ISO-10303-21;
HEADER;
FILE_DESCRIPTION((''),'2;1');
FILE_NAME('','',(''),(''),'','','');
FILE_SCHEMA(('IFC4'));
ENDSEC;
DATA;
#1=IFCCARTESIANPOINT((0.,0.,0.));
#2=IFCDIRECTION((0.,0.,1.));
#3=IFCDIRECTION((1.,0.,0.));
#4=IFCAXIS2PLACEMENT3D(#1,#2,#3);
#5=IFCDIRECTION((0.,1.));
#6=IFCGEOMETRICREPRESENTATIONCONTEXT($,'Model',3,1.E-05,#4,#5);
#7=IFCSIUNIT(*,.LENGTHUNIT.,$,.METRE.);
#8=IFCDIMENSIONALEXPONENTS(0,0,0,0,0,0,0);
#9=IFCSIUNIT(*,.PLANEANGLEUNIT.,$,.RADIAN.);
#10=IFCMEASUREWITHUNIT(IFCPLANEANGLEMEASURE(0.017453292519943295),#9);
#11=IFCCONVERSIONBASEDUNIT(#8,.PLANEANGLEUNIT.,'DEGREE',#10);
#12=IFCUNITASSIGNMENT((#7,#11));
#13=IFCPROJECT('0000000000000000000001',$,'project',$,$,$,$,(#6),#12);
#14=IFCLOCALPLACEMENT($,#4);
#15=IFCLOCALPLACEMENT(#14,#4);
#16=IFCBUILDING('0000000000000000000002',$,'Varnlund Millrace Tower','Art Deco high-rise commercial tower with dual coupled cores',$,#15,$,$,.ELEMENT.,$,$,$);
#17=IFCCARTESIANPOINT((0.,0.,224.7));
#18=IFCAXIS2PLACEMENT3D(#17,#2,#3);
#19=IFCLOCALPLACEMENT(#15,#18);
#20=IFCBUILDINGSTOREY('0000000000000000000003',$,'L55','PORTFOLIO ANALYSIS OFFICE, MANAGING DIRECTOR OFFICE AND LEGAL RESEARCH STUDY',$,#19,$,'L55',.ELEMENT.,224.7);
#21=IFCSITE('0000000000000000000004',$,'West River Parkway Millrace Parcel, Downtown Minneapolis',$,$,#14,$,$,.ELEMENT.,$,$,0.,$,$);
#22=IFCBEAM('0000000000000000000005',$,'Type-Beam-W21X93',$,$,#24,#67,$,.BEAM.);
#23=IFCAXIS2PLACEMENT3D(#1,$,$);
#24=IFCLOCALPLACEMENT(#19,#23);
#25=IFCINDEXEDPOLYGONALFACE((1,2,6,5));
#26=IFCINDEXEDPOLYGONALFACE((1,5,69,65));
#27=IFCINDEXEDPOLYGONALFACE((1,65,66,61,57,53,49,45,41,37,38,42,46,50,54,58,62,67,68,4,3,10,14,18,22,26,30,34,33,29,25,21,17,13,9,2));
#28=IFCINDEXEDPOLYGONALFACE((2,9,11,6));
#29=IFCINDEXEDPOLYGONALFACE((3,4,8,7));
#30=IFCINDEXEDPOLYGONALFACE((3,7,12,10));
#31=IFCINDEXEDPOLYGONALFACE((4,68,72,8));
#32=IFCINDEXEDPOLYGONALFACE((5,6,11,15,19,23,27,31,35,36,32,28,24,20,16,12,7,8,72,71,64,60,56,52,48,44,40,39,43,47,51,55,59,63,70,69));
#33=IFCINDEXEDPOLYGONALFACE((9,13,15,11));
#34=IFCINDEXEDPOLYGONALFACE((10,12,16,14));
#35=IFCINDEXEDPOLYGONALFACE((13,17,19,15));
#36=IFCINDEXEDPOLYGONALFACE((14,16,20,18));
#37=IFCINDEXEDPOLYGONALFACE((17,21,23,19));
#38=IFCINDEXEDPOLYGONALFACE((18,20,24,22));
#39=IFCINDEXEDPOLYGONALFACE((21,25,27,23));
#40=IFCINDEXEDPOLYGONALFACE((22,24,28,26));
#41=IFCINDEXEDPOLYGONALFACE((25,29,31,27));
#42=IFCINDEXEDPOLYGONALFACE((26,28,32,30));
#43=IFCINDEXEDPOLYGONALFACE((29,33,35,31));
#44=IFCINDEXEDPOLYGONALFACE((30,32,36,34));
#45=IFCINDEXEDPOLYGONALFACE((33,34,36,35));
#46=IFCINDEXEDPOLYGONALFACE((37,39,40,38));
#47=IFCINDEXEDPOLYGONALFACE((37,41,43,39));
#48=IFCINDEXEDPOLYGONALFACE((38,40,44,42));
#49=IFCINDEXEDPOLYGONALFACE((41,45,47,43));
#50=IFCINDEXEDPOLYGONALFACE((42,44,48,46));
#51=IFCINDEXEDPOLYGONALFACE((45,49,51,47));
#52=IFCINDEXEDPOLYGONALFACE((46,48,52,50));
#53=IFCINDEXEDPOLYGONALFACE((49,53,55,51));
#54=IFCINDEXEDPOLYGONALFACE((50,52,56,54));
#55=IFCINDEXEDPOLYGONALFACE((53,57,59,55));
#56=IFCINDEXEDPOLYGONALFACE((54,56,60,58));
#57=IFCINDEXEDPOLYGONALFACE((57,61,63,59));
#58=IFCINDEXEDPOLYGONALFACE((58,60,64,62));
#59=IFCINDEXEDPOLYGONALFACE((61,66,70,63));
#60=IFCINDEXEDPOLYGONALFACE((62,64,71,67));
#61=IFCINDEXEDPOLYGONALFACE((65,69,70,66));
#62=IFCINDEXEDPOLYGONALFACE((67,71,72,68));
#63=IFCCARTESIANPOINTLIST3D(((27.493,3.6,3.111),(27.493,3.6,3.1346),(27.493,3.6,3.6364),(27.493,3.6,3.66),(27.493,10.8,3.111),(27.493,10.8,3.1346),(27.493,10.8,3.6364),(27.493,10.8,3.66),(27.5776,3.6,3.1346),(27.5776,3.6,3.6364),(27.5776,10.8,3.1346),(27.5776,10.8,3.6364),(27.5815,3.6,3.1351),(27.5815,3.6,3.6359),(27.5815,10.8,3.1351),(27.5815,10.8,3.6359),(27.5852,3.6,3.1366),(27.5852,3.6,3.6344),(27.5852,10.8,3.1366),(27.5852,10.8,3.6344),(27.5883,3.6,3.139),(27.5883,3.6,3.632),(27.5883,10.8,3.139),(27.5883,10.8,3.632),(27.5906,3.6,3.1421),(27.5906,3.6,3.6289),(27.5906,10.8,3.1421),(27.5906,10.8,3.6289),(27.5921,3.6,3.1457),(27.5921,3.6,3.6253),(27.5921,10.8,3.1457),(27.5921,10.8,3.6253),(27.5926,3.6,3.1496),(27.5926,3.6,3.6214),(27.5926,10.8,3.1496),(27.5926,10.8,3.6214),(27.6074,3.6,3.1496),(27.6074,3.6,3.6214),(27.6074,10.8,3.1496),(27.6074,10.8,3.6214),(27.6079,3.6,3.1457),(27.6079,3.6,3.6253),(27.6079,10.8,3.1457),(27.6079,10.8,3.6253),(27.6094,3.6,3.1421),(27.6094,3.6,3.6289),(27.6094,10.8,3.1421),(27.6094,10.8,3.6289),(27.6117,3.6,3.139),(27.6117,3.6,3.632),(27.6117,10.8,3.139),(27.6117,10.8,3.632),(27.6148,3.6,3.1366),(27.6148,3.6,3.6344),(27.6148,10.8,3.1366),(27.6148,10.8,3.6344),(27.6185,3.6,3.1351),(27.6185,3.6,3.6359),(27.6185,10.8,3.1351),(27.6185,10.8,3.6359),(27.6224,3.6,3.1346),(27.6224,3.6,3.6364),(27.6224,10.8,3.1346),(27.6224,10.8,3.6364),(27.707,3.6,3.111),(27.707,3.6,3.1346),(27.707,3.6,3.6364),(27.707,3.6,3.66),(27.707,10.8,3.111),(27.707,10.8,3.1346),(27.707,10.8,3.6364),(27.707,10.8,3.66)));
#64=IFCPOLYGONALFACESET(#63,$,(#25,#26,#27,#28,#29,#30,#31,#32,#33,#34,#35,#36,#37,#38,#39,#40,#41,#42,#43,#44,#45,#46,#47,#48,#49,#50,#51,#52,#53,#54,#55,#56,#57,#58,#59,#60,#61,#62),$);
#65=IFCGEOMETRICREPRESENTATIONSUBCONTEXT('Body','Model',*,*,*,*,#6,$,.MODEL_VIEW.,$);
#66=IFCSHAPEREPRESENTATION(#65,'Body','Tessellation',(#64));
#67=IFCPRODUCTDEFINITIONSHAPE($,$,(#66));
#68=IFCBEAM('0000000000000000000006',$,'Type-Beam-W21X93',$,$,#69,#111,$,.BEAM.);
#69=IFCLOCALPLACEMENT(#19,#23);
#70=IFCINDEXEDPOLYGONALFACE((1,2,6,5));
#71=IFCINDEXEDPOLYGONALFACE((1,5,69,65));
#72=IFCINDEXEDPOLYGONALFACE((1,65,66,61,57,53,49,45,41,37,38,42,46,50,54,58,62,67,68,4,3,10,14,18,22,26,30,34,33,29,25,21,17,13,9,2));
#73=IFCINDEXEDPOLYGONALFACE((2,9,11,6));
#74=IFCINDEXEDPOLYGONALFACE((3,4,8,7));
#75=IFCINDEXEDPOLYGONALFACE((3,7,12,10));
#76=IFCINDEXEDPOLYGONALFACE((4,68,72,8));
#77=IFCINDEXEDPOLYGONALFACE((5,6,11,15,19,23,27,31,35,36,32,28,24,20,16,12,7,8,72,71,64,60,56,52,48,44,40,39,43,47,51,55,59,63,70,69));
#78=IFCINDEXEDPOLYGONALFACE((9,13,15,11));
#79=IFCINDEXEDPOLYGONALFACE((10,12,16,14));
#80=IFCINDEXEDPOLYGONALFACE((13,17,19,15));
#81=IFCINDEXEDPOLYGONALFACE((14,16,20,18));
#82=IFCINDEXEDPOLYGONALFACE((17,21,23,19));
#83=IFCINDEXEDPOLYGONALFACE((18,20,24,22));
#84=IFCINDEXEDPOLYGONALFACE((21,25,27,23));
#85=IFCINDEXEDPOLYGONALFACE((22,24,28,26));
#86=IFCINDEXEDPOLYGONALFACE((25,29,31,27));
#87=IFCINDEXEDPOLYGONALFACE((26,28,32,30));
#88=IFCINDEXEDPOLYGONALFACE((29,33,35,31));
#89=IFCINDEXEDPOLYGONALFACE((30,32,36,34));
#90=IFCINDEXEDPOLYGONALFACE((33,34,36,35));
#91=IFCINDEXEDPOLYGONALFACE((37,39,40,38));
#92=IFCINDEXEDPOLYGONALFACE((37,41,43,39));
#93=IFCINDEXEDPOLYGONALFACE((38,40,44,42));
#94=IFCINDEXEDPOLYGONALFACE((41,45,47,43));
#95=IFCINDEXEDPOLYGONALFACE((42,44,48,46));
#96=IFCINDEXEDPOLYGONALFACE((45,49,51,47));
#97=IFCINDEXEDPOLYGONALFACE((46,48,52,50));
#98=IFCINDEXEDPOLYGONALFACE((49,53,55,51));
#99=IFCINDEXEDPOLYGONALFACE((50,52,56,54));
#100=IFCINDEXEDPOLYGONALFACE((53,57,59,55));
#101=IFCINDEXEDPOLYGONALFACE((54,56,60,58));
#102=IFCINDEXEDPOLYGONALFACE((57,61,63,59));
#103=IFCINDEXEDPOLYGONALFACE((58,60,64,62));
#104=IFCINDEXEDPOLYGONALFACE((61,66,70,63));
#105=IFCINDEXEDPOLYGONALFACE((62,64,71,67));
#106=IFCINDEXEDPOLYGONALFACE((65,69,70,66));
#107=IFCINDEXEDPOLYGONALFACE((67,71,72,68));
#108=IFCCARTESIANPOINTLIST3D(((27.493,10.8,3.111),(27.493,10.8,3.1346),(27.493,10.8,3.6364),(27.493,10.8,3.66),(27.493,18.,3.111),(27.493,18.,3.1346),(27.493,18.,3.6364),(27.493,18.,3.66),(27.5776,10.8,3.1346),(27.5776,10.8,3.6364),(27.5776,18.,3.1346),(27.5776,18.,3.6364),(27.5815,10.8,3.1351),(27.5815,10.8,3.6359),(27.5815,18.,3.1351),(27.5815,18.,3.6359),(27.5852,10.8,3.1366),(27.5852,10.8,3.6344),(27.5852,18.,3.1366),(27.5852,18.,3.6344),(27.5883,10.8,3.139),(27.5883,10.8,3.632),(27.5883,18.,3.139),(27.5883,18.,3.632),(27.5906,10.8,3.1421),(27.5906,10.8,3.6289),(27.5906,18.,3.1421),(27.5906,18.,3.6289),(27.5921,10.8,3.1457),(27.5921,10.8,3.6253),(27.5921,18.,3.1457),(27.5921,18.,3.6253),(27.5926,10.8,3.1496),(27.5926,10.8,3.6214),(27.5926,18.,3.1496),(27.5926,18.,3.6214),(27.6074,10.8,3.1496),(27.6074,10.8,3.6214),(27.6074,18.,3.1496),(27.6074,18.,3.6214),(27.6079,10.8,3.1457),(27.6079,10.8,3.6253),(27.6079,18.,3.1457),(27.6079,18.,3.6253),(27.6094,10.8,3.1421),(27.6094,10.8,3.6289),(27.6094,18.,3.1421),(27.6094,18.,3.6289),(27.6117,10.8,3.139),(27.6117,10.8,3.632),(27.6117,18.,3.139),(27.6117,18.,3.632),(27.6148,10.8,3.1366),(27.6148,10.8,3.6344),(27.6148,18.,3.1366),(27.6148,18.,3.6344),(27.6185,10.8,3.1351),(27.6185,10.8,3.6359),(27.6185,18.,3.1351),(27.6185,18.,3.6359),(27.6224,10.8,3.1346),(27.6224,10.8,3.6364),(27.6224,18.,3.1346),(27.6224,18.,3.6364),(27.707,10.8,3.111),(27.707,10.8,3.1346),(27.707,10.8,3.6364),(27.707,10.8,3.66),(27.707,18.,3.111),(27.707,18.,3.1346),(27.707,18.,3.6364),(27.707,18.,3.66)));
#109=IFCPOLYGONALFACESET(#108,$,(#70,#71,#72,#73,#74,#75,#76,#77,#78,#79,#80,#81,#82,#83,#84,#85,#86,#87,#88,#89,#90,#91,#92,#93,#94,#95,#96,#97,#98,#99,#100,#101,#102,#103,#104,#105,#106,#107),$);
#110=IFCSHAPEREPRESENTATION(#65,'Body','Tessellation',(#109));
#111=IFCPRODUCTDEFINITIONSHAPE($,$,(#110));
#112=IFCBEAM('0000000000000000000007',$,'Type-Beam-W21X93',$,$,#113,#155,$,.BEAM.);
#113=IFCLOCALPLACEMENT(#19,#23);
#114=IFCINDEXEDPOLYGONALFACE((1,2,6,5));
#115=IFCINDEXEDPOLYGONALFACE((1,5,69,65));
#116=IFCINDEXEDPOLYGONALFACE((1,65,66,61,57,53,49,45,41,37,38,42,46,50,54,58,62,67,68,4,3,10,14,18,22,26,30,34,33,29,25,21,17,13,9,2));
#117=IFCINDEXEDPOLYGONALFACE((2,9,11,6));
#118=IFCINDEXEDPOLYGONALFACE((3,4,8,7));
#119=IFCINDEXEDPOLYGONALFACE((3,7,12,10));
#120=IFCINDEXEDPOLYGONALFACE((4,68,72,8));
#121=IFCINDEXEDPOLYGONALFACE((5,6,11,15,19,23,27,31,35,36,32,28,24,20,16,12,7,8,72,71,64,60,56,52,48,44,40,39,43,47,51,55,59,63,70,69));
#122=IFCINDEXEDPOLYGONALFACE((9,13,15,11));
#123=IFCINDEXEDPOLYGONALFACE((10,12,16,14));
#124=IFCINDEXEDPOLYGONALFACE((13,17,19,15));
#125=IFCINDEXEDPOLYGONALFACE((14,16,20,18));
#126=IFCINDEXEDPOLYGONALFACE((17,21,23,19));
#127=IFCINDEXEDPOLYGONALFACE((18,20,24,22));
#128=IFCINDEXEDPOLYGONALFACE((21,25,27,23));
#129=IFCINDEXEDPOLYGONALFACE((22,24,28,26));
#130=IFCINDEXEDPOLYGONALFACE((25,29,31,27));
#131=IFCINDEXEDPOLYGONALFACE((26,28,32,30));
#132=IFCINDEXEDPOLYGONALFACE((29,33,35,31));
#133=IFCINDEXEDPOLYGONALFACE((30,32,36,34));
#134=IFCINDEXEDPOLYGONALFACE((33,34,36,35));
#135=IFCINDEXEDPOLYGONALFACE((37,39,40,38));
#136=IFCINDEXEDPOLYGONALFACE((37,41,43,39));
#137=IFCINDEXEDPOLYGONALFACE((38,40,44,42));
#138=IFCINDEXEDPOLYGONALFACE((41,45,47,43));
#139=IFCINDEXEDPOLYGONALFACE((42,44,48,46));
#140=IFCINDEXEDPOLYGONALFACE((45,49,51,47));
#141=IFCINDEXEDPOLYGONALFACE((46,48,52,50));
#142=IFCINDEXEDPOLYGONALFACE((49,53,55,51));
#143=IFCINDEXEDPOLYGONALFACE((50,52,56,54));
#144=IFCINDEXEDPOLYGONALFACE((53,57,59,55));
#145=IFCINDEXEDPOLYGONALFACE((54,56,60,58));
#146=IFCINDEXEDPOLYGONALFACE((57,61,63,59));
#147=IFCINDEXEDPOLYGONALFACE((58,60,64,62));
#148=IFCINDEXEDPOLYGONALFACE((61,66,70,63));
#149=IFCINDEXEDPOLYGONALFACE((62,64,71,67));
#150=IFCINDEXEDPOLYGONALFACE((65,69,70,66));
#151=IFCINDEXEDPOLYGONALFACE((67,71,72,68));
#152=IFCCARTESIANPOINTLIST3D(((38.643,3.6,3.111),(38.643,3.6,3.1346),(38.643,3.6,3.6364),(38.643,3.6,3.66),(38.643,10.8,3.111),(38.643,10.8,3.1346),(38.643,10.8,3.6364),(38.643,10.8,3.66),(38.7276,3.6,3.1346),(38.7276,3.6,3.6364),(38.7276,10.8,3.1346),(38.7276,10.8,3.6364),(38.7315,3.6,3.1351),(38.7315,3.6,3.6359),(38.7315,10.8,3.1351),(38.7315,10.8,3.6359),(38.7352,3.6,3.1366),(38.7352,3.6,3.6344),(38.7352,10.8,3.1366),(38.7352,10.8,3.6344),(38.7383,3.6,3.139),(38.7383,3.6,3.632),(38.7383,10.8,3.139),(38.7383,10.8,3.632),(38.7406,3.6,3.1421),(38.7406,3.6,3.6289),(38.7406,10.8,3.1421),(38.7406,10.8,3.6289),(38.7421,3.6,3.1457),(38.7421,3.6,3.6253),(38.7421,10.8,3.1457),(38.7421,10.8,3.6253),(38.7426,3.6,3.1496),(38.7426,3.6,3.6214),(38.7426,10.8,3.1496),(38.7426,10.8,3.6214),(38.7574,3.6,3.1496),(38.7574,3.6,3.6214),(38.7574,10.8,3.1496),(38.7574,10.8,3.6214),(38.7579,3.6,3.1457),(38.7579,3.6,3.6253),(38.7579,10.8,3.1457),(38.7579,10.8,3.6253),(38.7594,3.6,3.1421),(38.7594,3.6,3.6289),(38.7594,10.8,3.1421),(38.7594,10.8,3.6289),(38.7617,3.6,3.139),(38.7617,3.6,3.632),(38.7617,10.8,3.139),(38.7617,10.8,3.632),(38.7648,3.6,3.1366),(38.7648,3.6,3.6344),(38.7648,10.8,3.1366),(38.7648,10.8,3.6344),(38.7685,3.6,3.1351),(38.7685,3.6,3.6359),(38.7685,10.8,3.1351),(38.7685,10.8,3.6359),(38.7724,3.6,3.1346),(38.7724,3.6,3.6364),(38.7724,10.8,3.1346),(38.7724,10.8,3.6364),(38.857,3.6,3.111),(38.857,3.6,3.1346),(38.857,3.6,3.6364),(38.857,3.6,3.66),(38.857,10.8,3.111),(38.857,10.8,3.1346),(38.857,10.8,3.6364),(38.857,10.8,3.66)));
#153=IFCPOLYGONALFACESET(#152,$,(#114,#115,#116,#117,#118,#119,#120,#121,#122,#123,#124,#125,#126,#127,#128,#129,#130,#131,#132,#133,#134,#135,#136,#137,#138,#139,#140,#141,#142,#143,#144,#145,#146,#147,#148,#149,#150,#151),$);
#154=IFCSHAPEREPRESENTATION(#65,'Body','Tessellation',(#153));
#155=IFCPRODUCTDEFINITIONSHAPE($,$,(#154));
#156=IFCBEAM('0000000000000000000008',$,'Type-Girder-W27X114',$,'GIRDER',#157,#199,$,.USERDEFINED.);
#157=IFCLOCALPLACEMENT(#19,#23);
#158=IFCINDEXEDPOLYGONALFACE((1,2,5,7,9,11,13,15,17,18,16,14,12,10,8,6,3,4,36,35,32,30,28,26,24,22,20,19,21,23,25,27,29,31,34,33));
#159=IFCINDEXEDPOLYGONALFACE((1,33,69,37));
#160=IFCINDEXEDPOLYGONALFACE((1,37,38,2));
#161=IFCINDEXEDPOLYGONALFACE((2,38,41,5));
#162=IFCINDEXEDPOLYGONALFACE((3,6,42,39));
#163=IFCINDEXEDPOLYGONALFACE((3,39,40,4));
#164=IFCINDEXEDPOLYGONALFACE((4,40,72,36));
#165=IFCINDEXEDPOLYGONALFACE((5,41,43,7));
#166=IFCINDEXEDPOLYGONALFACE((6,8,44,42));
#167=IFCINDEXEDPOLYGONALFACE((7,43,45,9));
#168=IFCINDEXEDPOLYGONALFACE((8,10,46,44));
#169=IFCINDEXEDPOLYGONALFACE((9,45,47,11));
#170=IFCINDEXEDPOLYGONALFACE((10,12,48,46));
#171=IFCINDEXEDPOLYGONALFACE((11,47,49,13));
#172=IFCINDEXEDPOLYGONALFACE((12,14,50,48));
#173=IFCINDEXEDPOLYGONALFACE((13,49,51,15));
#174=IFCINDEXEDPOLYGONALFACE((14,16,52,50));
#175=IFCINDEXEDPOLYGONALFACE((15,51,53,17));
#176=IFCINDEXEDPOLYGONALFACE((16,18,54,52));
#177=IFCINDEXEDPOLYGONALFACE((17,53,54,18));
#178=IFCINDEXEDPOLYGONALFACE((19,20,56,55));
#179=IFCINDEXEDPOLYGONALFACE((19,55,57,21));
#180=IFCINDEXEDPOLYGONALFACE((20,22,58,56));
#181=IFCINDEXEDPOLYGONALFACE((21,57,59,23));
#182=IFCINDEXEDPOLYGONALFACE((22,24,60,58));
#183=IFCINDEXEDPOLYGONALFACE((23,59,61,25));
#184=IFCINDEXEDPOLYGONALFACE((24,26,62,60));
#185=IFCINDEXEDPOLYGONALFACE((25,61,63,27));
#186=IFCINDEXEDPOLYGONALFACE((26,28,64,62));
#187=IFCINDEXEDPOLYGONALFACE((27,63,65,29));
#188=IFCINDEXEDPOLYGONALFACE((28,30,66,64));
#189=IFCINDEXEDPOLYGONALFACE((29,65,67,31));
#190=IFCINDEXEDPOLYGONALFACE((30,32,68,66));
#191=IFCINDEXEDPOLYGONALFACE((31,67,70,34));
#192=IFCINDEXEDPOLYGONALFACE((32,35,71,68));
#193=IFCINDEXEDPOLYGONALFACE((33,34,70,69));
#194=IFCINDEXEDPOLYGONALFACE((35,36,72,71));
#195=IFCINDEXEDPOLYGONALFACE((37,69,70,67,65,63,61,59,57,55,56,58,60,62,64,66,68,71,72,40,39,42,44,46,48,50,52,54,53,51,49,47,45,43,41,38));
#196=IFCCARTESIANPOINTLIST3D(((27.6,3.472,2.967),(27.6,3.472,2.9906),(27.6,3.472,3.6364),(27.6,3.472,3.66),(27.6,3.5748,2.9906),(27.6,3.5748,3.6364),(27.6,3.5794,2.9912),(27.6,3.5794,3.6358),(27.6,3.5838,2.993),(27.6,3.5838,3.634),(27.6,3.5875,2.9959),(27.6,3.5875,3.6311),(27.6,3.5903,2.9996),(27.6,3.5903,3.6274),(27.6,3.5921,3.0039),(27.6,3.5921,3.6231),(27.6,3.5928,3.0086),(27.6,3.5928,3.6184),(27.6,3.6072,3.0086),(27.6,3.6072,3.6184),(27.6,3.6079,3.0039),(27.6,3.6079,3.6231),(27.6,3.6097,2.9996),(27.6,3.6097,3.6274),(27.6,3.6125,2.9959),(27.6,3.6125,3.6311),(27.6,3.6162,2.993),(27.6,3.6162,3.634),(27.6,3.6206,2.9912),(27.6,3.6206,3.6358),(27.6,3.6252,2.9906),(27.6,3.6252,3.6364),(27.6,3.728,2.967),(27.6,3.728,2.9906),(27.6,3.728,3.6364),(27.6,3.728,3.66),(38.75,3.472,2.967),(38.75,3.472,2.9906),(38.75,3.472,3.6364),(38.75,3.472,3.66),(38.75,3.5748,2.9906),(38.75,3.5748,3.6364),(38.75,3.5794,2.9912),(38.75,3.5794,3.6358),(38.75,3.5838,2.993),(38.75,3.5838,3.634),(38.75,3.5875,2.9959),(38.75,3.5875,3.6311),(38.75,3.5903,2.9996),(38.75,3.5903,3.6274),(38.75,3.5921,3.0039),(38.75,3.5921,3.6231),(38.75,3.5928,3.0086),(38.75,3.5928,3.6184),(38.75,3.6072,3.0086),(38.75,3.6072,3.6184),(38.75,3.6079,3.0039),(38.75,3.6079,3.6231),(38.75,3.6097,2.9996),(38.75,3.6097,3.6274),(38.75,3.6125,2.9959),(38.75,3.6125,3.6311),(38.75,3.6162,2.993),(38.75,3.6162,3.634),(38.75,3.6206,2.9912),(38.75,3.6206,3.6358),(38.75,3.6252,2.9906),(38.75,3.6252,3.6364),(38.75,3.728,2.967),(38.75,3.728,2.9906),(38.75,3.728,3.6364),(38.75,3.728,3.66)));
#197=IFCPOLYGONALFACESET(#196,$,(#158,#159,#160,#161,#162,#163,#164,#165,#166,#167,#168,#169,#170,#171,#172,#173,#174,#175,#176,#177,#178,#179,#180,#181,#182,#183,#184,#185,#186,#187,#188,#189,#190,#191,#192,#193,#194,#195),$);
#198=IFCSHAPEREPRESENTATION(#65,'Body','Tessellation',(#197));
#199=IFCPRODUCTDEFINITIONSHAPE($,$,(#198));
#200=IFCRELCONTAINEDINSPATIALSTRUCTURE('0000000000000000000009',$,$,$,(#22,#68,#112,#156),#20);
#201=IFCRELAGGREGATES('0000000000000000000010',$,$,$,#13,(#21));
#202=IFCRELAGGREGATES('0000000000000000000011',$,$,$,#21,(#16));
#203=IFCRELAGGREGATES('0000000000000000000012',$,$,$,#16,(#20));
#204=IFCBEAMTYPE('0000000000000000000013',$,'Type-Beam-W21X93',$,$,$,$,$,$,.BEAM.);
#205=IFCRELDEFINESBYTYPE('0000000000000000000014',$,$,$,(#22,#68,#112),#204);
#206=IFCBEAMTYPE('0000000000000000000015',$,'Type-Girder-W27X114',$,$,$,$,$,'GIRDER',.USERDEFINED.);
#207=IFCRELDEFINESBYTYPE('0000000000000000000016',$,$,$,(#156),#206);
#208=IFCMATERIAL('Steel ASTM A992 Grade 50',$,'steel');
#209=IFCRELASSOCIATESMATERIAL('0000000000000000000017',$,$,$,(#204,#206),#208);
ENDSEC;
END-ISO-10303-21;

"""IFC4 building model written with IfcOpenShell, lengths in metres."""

from ifc_helpers import new_model, entity, si_unit, converted_unit, direction, frame, origin_with_axes, origin_2d_with_axis, place, context, subcontext, project, spatial, i_section, extrude, material, material_profile, profile_set, type_object, element, save


model = new_model("IFC4")

# Units and contexts
model_context = context("Model", 3, precision=1e-05, world=origin_with_axes(), true_north=direction((0.0, 1.0)))
body_context = subcontext(model_context, "Body", "Model", "MODEL_VIEW")
ifc_project = project(units=[si_unit("LENGTHUNIT", "METRE"), converted_unit("PLANEANGLEUNIT", "DEGREE", entity("IfcPlaneAngleMeasure", 0.017453292519943295), si_unit("PLANEANGLEUNIT", "RADIAN"), dimensions=[0, 0, 0, 0, 0, 0, 0])], contexts=[model_context])

# Site, building, storey
site_placement = place(None, origin_with_axes())
site = spatial("IfcSite", under=ifc_project, at=site_placement, Name="West River Parkway Millrace Parcel, Downtown Minneapolis", CompositionType="ELEMENT", RefElevation=0.0)
building_placement = place(site_placement, origin_with_axes())
building = spatial("IfcBuilding", under=site, at=building_placement, Name="Varnlund Millrace Tower", Description="Art Deco high-rise commercial tower with dual coupled cores", CompositionType="ELEMENT")
storey_placement = place(building_placement, frame((0.0, 0.0, 224.7), z_axis=(0.0, 0.0, 1.0), x_axis=(1.0, 0.0, 0.0)))
storey = spatial("IfcBuildingStorey", under=building, at=storey_placement, Name="L55", Description="PORTFOLIO ANALYSIS OFFICE, MANAGING DIRECTOR OFFICE AND LEGAL RESEARCH STUDY", LongName="L55", CompositionType="ELEMENT", Elevation=224.7)

# Beams
ifc_material_1 = material(Name="Steel ASTM A992 Grade 50", Category="steel")
ifc_material_profile_1 = material_profile(ifc_material_1, i_section(OverallWidth=0.214, OverallDepth=0.549, WebThickness=0.0147, FlangeThickness=0.0236, FilletRadius=0.015, at=origin_2d_with_axis()), Name="Steel ASTM A992 Grade 50")
ifc_profile_set_1 = profile_set([ifc_material_profile_1], Name="Steel ASTM A992 Grade 50")
beam_type_1 = type_object("IfcBeamType", Name="Type-Beam-W21X93", PredefinedType="BEAM", material=ifc_profile_set_1)
for number, where, z_axis, x_axis, name in (
    (1, (27.6, 3.6, 3.3855), (0.0, 1.0, 0.0), (-1.0, 0.0, 0.0), "Type-Beam-W21X93"),
    (2, (27.6, 10.8, 3.3855), (0.0, 1.0, 0.0), (-1.0, 0.0, 0.0), "Type-Beam-W21X93"),
    (3, (38.75, 3.6, 3.3855), (0.0, 1.0, 0.0), (-1.0, 0.0, 0.0), "Type-Beam-W21X93"),
):
    element("IfcBeam", number, at=place(storey_placement, frame(where, z_axis=z_axis, x_axis=x_axis)), inside=storey, type_object=beam_type_1, Name=name, PredefinedType="BEAM", context=body_context, shape_type="SweptSolid", body=[
        extrude(i_section(OverallWidth=0.214, OverallDepth=0.549, WebThickness=0.0147, FlangeThickness=0.0236, FilletRadius=0.015, at=origin_2d_with_axis()), origin_with_axes(), (0.0, 0.0, 1.0), 7.2),
    ])
ifc_material_profile_2 = material_profile(ifc_material_1, i_section(OverallWidth=0.256, OverallDepth=0.693, WebThickness=0.0145, FlangeThickness=0.0236, FilletRadius=0.018, at=origin_2d_with_axis()), Name="Steel ASTM A992 Grade 50")
ifc_profile_set_2 = profile_set([ifc_material_profile_2], Name="Steel ASTM A992 Grade 50")
beam_type_2 = type_object("IfcBeamType", Name="Type-Girder-W27X114", ElementType="GIRDER", PredefinedType="USERDEFINED", material=ifc_profile_set_2)
beam_1_placement = place(storey_placement, frame((27.6, 3.6, 3.3135), z_axis=(1.0, 0.0, 0.0), x_axis=(0.0, 1.0, 0.0)))
element("IfcBeam", 4, at=beam_1_placement, inside=storey, type_object=beam_type_2, Name="Type-Girder-W27X114", ObjectType="GIRDER", PredefinedType="USERDEFINED", context=body_context, shape_type="SweptSolid", body=[
    extrude(i_section(OverallWidth=0.256, OverallDepth=0.693, WebThickness=0.0145, FlangeThickness=0.0236, FilletRadius=0.018, at=origin_2d_with_axis()), origin_with_axes(), (0.0, 0.0, 1.0), 11.15),
])

save(model, "model.ifc")
